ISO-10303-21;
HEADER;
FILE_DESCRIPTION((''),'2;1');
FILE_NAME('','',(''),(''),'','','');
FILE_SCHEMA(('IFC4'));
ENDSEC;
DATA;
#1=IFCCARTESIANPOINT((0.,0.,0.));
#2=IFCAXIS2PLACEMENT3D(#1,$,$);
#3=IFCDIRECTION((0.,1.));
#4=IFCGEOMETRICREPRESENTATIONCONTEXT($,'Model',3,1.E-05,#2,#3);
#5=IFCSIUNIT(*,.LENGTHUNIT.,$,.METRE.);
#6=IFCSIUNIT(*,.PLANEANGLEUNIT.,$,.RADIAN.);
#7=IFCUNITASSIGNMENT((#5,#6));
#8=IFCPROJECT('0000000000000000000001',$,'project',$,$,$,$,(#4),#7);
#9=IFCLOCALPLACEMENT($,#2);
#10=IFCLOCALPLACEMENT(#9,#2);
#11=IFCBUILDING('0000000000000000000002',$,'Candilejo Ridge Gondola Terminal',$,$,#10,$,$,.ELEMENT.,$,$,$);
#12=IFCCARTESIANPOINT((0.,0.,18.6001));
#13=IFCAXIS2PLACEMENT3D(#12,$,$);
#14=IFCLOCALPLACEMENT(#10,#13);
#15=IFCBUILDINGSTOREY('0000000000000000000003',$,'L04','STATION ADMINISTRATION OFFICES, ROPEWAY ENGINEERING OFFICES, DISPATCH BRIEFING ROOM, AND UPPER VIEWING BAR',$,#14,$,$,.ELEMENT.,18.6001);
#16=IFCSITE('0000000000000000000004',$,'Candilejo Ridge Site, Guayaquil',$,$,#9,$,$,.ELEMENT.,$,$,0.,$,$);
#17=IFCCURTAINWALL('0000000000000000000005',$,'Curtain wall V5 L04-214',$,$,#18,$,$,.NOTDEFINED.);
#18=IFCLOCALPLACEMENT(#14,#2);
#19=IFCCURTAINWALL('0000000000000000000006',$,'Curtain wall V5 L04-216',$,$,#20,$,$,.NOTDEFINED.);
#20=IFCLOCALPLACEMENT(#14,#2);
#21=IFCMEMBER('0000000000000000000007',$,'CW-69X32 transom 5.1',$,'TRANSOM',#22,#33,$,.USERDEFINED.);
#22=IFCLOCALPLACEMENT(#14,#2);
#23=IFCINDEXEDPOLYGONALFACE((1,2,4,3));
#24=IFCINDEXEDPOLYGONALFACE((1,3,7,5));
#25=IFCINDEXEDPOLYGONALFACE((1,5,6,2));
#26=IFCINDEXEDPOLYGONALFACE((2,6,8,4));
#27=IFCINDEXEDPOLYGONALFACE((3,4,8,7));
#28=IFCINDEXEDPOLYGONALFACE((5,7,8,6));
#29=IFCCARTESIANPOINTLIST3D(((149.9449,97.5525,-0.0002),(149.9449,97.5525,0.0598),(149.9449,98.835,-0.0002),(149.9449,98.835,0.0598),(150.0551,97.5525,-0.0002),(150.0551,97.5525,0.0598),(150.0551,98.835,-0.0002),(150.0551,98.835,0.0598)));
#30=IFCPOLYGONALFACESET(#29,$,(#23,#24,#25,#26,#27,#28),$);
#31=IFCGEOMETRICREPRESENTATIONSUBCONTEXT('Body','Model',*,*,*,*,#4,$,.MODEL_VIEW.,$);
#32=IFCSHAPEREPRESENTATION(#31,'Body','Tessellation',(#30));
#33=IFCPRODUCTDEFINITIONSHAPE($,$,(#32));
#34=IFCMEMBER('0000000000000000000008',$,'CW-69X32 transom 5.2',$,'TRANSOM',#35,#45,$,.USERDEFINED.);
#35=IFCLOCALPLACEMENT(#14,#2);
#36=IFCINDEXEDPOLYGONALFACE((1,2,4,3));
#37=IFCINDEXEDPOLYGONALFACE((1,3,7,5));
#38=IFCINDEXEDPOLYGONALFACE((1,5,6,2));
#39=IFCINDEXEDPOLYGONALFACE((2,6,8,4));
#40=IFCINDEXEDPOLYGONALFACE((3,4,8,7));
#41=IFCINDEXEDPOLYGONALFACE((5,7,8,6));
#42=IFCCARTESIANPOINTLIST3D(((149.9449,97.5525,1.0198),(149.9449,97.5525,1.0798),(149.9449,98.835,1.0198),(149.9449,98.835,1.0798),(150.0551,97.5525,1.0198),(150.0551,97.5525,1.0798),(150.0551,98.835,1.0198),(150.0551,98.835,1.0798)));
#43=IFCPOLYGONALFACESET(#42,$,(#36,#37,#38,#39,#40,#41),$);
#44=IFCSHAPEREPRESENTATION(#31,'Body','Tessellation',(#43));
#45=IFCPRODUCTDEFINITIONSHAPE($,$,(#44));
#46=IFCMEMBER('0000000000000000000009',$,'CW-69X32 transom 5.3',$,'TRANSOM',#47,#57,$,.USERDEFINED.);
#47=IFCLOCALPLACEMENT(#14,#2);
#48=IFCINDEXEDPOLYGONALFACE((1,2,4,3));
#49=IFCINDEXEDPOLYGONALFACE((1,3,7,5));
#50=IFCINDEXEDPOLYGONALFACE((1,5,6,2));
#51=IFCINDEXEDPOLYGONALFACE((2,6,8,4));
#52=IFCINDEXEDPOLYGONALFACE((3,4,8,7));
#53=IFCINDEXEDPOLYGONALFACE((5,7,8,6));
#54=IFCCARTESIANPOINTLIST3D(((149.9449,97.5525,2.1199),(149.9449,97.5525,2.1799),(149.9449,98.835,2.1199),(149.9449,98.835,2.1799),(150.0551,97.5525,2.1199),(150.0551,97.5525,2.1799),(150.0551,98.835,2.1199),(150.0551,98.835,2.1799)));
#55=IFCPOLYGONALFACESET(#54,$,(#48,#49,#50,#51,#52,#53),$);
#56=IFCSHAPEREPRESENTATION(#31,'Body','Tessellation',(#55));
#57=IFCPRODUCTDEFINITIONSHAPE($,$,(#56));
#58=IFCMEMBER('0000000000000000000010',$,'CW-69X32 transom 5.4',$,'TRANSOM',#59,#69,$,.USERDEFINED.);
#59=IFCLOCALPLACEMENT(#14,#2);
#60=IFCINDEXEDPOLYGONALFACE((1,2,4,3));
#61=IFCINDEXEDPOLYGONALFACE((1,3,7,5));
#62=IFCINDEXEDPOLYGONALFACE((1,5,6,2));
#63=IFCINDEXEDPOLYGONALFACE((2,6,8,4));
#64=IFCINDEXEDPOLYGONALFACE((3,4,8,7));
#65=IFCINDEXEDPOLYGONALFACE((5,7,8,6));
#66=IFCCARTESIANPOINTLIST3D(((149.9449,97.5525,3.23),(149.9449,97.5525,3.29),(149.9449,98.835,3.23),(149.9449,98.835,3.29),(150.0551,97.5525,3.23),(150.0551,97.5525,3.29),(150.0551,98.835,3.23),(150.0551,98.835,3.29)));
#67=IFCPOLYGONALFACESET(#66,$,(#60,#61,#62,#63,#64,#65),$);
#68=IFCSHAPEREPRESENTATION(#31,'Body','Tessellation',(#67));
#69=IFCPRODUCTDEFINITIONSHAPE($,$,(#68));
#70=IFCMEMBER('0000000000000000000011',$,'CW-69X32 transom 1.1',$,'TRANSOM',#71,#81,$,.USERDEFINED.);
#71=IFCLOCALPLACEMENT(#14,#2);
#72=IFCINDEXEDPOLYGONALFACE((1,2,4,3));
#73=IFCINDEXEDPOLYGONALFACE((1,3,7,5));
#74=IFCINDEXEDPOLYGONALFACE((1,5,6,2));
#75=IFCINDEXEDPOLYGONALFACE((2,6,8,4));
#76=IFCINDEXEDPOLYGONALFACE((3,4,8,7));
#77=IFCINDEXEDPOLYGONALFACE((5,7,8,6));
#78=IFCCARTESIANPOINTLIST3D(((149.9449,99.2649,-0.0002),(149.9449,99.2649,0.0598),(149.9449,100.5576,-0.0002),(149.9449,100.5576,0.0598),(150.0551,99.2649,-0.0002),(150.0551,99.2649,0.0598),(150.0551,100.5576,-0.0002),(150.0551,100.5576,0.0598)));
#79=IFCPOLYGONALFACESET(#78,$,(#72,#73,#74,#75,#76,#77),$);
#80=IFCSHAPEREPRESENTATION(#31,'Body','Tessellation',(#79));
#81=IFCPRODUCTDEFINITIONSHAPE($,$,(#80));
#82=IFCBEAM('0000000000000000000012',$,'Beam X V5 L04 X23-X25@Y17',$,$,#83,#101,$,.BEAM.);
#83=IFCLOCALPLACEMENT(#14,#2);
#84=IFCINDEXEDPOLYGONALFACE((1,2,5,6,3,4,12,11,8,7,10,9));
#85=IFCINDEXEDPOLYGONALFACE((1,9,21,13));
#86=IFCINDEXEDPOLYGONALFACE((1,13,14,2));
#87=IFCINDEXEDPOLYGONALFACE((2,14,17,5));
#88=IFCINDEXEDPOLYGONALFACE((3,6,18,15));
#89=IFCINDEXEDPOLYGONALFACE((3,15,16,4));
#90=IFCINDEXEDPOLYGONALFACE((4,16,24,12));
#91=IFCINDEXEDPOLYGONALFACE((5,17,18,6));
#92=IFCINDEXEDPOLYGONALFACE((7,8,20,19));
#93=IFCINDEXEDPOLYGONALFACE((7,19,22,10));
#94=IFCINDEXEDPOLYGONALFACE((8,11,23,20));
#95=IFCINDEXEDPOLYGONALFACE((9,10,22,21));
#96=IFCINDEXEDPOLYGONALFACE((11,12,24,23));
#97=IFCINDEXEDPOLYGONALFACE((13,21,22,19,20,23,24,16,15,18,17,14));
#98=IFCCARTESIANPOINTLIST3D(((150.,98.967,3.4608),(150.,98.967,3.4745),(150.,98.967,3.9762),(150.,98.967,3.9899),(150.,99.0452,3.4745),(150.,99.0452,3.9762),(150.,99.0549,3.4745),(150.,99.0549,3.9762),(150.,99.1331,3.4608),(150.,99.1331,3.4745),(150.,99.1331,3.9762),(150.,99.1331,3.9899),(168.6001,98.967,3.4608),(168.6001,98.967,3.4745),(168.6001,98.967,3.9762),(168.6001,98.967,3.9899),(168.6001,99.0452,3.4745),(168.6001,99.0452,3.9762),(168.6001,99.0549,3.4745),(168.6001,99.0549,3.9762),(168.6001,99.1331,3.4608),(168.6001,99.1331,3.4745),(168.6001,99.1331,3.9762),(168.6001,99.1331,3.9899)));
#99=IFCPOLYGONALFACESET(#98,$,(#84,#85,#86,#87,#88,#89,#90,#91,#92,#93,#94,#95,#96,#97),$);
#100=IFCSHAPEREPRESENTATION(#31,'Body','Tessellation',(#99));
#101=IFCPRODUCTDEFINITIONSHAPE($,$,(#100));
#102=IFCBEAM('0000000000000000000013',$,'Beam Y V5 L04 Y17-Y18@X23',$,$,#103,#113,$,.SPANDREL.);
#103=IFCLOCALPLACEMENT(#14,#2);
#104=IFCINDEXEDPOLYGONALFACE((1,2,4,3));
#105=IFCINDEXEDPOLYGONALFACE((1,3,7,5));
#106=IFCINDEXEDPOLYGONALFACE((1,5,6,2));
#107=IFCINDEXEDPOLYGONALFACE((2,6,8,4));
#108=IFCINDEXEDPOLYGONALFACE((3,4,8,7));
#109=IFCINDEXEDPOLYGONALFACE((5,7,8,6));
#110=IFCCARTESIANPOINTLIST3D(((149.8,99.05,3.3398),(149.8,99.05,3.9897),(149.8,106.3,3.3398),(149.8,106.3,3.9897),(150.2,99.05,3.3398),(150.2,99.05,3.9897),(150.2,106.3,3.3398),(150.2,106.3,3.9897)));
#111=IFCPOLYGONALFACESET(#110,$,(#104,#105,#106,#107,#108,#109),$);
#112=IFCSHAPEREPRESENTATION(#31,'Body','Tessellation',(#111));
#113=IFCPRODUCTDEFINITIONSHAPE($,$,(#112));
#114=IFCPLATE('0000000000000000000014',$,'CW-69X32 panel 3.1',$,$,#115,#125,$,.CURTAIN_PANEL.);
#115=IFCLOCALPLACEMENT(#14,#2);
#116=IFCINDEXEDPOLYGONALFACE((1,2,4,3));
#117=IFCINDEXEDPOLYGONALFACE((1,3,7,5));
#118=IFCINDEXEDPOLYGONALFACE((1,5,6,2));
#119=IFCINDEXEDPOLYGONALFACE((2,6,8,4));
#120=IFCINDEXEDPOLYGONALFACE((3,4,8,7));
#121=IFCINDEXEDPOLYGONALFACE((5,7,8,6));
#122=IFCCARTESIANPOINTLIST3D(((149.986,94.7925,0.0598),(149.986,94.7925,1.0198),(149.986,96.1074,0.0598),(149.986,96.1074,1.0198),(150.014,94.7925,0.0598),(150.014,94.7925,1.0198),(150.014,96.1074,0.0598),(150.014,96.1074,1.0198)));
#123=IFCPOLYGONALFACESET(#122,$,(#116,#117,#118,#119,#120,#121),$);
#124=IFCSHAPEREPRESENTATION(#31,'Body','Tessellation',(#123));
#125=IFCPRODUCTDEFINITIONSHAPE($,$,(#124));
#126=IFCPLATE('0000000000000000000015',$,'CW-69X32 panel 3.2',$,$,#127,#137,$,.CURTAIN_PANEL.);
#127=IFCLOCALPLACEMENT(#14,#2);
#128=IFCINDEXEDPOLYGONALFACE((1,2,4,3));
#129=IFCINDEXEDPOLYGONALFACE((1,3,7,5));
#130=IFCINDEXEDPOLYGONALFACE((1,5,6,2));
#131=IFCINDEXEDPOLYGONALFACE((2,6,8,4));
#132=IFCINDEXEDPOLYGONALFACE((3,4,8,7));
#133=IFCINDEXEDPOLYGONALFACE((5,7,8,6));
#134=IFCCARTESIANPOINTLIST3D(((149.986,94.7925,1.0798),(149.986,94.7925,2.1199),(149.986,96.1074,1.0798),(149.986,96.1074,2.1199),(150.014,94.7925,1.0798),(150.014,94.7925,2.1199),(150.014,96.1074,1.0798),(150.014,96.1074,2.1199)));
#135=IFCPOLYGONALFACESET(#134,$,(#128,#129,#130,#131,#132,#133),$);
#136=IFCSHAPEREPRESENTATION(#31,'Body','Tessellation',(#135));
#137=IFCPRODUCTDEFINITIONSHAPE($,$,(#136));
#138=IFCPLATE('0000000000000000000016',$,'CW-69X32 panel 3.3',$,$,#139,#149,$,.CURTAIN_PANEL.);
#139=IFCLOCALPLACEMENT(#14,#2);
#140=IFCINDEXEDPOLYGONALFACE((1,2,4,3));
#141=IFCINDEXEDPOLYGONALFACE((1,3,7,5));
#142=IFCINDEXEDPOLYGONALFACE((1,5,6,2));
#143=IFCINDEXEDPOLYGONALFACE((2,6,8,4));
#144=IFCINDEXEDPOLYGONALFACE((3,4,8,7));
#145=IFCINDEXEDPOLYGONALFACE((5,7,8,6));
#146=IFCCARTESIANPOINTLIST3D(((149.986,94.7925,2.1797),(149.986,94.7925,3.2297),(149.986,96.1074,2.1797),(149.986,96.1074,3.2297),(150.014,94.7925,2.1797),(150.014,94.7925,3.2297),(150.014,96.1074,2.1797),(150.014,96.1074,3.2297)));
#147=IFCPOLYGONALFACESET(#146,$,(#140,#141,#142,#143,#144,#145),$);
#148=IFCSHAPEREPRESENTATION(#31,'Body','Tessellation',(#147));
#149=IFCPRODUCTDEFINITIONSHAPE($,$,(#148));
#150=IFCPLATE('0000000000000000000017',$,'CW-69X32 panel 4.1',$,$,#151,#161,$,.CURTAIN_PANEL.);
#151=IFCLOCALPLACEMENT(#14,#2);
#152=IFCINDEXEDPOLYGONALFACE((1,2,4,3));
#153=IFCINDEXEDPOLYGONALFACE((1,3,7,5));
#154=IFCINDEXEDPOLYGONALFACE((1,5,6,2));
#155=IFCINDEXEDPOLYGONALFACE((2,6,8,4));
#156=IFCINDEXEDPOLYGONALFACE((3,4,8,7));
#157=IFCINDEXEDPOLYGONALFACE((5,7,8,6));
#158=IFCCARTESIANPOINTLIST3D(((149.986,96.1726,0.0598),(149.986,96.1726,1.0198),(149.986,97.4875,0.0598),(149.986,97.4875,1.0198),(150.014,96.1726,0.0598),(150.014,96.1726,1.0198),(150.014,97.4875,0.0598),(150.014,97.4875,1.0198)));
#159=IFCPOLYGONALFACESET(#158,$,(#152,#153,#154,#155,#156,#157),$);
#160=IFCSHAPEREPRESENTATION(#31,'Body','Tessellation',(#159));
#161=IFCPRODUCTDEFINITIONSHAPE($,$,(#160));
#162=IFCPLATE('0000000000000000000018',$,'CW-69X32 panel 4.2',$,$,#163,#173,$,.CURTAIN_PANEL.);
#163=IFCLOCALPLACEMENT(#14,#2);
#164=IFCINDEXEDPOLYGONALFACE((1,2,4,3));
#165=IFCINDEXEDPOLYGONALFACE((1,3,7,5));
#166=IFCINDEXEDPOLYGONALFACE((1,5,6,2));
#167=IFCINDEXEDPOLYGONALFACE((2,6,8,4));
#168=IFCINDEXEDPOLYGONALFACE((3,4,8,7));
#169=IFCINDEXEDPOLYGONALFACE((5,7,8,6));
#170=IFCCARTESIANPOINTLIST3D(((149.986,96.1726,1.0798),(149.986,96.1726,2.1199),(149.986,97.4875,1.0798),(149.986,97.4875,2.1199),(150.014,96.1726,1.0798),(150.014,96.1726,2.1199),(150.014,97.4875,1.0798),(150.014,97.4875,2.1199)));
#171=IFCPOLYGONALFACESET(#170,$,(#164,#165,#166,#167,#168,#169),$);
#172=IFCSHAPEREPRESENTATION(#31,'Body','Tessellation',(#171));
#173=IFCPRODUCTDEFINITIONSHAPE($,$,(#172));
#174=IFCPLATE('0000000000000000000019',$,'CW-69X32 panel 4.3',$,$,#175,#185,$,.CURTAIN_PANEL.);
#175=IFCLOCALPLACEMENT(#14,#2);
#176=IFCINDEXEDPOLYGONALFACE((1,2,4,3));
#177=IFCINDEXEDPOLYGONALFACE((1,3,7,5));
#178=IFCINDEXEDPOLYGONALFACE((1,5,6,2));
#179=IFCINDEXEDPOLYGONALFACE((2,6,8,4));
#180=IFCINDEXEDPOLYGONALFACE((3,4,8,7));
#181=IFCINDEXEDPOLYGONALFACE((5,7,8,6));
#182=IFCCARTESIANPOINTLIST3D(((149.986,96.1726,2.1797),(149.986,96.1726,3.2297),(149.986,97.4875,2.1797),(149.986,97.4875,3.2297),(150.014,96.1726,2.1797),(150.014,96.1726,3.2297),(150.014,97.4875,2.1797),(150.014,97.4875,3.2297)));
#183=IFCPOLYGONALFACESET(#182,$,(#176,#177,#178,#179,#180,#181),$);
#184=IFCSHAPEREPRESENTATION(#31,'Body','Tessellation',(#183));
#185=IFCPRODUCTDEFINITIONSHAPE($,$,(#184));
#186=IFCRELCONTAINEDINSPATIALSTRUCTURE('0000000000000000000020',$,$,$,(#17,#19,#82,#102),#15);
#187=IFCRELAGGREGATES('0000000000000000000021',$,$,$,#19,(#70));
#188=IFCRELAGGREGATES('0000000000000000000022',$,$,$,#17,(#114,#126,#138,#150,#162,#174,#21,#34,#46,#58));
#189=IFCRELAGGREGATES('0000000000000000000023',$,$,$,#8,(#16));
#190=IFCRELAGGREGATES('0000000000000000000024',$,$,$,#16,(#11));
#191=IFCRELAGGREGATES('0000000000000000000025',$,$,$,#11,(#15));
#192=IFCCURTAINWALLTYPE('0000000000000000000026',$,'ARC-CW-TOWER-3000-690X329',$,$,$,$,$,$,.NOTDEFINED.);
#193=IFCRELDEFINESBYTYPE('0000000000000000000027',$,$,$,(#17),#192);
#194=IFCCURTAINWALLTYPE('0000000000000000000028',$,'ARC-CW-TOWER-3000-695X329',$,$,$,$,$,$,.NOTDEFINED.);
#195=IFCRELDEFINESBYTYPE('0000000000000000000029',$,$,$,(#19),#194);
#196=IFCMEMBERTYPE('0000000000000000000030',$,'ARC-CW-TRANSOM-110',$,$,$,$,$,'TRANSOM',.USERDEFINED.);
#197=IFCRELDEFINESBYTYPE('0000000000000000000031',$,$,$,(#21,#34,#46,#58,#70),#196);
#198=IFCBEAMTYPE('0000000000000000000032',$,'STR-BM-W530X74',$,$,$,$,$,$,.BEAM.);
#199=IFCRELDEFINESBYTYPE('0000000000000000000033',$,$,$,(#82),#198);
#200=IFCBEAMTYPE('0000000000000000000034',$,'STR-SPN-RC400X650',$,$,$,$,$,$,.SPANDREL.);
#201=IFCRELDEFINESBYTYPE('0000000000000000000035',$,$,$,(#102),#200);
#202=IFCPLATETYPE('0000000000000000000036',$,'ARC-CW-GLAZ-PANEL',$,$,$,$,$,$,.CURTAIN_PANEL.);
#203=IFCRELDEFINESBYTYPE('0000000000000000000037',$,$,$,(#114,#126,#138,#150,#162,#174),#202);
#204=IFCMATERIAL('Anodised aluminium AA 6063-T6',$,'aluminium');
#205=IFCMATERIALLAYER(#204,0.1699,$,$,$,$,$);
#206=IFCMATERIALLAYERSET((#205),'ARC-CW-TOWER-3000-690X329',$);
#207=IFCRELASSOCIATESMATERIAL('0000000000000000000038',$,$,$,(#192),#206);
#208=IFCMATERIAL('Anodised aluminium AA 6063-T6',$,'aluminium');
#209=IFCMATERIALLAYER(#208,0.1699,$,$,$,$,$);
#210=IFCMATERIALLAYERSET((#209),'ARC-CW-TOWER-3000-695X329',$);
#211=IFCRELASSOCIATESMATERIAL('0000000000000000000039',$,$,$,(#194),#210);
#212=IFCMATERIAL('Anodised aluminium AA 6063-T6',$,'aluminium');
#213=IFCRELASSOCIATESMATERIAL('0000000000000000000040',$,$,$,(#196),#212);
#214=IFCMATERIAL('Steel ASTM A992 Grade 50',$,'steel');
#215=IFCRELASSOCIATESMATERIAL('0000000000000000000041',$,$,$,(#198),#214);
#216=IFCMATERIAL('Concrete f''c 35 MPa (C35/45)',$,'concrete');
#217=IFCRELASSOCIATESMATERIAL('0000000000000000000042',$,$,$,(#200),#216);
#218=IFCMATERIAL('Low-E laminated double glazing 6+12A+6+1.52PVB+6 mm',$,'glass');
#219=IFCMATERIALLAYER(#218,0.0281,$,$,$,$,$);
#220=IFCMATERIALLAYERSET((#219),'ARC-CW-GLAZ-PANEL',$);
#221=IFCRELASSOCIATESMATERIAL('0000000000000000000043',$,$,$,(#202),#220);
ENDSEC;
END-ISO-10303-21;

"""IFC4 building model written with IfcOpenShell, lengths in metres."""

from ifc_helpers import new_model, si_unit, direction, frame, origin, origin_2d, place, context, subcontext, project, spatial, rectangle, i_section, extrude, material, layer, layer_set, material_profile, profile_set, type_object, element, aggregate, save


model = new_model("IFC4")

# Units and contexts
model_context = context("Model", 3, precision=1e-05, world=origin(), true_north=direction((0.0, 1.0)))
body_context = subcontext(model_context, "Body", "Model", "MODEL_VIEW")
ifc_project = project(units=[si_unit("LENGTHUNIT", "METRE"), si_unit("PLANEANGLEUNIT", "RADIAN")], contexts=[model_context])

# Site, building, storey
site_placement = place(None, origin())
site = spatial("IfcSite", under=ifc_project, at=site_placement, Name="Candilejo Ridge Site, Guayaquil", CompositionType="ELEMENT", RefElevation=0.0)
building_placement = place(site_placement, origin())
building = spatial("IfcBuilding", under=site, at=building_placement, Name="Candilejo Ridge Gondola Terminal", CompositionType="ELEMENT")
storey_placement = place(building_placement, frame((0.0, 0.0, 18.6001)))
storey = spatial("IfcBuildingStorey", under=building, at=storey_placement, Name="L04", Description="STATION ADMINISTRATION OFFICES, ROPEWAY ENGINEERING OFFICES, DISPATCH BRIEFING ROOM, AND UPPER VIEWING BAR", CompositionType="ELEMENT", Elevation=18.6001)

# Curtain wall
ifc_material_1 = material(Name="Anodised aluminium AA 6063-T6", Category="aluminium")
ifc_layer_1 = layer(ifc_material_1, 0.1699)
ifc_layer_set_1 = layer_set([ifc_layer_1], Name="ARC-CW-TOWER-3000-690X329")
curtain_wall_type_1 = type_object("IfcCurtainWallType", Name="ARC-CW-TOWER-3000-690X329", PredefinedType="NOTDEFINED", material=ifc_layer_set_1)
curtain_wall_1_placement = place(storey_placement, origin())
curtain_wall_1 = element("IfcCurtainWall", 1, at=curtain_wall_1_placement, inside=storey, type_object=curtain_wall_type_1, Name="Curtain wall V5 L04-214", PredefinedType="NOTDEFINED")

# Curtain wall
ifc_material_2 = material(Name="Anodised aluminium AA 6063-T6", Category="aluminium")
ifc_layer_2 = layer(ifc_material_2, 0.1699)
ifc_layer_set_2 = layer_set([ifc_layer_2], Name="ARC-CW-TOWER-3000-695X329")
curtain_wall_type_2 = type_object("IfcCurtainWallType", Name="ARC-CW-TOWER-3000-695X329", PredefinedType="NOTDEFINED", material=ifc_layer_set_2)
curtain_wall_2_placement = place(storey_placement, origin())
curtain_wall_2 = element("IfcCurtainWall", 2, at=curtain_wall_2_placement, inside=storey, type_object=curtain_wall_type_2, Name="Curtain wall V5 L04-216", PredefinedType="NOTDEFINED")

# Members
ifc_material_3 = material(Name="Anodised aluminium AA 6063-T6", Category="aluminium")
ifc_material_profile_1 = material_profile(ifc_material_3, rectangle(XDim=0.1101, YDim=0.0601, at=origin_2d()))
ifc_profile_set_1 = profile_set([ifc_material_profile_1], Name="Anodised aluminium AA 6063-T6")
member_type_1 = type_object("IfcMemberType", Name="ARC-CW-TRANSOM-110", ElementType="TRANSOM", PredefinedType="USERDEFINED", material=ifc_profile_set_1)
member_1_placement = place(storey_placement, frame((150.0, 97.5525, 0.0298), z_axis=(0.0, 1.0, 0.0), x_axis=(-1.0, 0.0, 0.0)))
member_1 = element("IfcMember", 3, at=member_1_placement, type_object=member_type_1, Name="CW-69X32 transom 5.1", ObjectType="TRANSOM", PredefinedType="USERDEFINED", context=body_context, shape_type="SweptSolid", body=[
    extrude(rectangle(XDim=0.1101, YDim=0.0601, at=origin_2d()), origin(), (0.0, 0.0, 1.0), 1.2825),
])
member_2_placement = place(storey_placement, frame((150.0, 97.5525, 1.0498), z_axis=(0.0, 1.0, 0.0), x_axis=(-1.0, 0.0, 0.0)))
member_2 = element("IfcMember", 4, at=member_2_placement, type_object=member_type_1, Name="CW-69X32 transom 5.2", ObjectType="TRANSOM", PredefinedType="USERDEFINED", context=body_context, shape_type="SweptSolid", body=[
    extrude(rectangle(XDim=0.1101, YDim=0.0601, at=origin_2d()), origin(), (0.0, 0.0, 1.0), 1.2825),
])
member_3_placement = place(storey_placement, frame((150.0, 97.5525, 2.1499), z_axis=(0.0, 1.0, 0.0), x_axis=(-1.0, 0.0, 0.0)))
member_3 = element("IfcMember", 5, at=member_3_placement, type_object=member_type_1, Name="CW-69X32 transom 5.3", ObjectType="TRANSOM", PredefinedType="USERDEFINED", context=body_context, shape_type="SweptSolid", body=[
    extrude(rectangle(XDim=0.1101, YDim=0.0601, at=origin_2d()), origin(), (0.0, 0.0, 1.0), 1.2825),
])
member_4_placement = place(storey_placement, frame((150.0, 97.5525, 3.26), z_axis=(0.0, 1.0, 0.0), x_axis=(-1.0, 0.0, 0.0)))
member_4 = element("IfcMember", 6, at=member_4_placement, type_object=member_type_1, Name="CW-69X32 transom 5.4", ObjectType="TRANSOM", PredefinedType="USERDEFINED", context=body_context, shape_type="SweptSolid", body=[
    extrude(rectangle(XDim=0.1101, YDim=0.0601, at=origin_2d()), origin(), (0.0, 0.0, 1.0), 1.2825),
])
member_5_placement = place(storey_placement, frame((150.0, 99.2649, 0.0298), z_axis=(0.0, 1.0, 0.0), x_axis=(-1.0, 0.0, 0.0)))
member_5 = element("IfcMember", 7, at=member_5_placement, type_object=member_type_1, Name="CW-69X32 transom 1.1", ObjectType="TRANSOM", PredefinedType="USERDEFINED", context=body_context, shape_type="SweptSolid", body=[
    extrude(rectangle(XDim=0.1101, YDim=0.0601, at=origin_2d()), origin(), (0.0, 0.0, 1.0), 1.2927),
])
aggregate(curtain_wall_2, [member_5])

# Beams
ifc_material_4 = material(Name="Steel ASTM A992 Grade 50", Category="steel")
ifc_material_profile_2 = material_profile(ifc_material_4, i_section(OverallWidth=0.166, OverallDepth=0.5291, WebThickness=0.0098, FlangeThickness=0.0137, at=origin_2d()))
ifc_profile_set_2 = profile_set([ifc_material_profile_2], Name="Steel ASTM A992 Grade 50")
beam_type_1 = type_object("IfcBeamType", Name="STR-BM-W530X74", PredefinedType="BEAM", material=ifc_profile_set_2)
beam_1_placement = place(storey_placement, frame((150.0, 99.05, 3.7253), z_axis=(1.0, 0.0, 0.0), x_axis=(0.0, 1.0, 0.0)))
element("IfcBeam", 8, at=beam_1_placement, inside=storey, type_object=beam_type_1, Name="Beam X V5 L04 X23-X25@Y17", PredefinedType="BEAM", context=body_context, shape_type="SweptSolid", body=[
    extrude(i_section(OverallWidth=0.166, OverallDepth=0.5291, WebThickness=0.0098, FlangeThickness=0.0137, at=origin_2d()), origin(), (0.0, 0.0, 1.0), 18.6001),
])
ifc_material_5 = material(Name="Concrete f'c 35 MPa (C35/45)", Category="concrete")
ifc_material_profile_3 = material_profile(ifc_material_5, rectangle(XDim=0.3999, YDim=0.6499, at=origin_2d()))
ifc_profile_set_3 = profile_set([ifc_material_profile_3], Name="Concrete f'c 35 MPa (C35/45)")
beam_type_2 = type_object("IfcBeamType", Name="STR-SPN-RC400X650", PredefinedType="SPANDREL", material=ifc_profile_set_3)
beam_2_placement = place(storey_placement, frame((150.0, 99.05, 3.6648), z_axis=(0.0, 1.0, 0.0), x_axis=(-1.0, 0.0, 0.0)))
element("IfcBeam", 9, at=beam_2_placement, inside=storey, type_object=beam_type_2, Name="Beam Y V5 L04 Y17-Y18@X23", PredefinedType="SPANDREL", context=body_context, shape_type="SweptSolid", body=[
    extrude(rectangle(XDim=0.3999, YDim=0.6499, at=origin_2d()), origin(), (0.0, 0.0, 1.0), 7.25),
])

# Plates
ifc_material_6 = material(Name="Low-E laminated double glazing 6+12A+6+1.52PVB+6 mm", Category="glass")
ifc_layer_3 = layer(ifc_material_6, 0.0281)
ifc_layer_set_3 = layer_set([ifc_layer_3], Name="ARC-CW-GLAZ-PANEL")
plate_type = type_object("IfcPlateType", Name="ARC-CW-GLAZ-PANEL", PredefinedType="CURTAIN_PANEL", material=ifc_layer_set_3)
plate_1_placement = place(storey_placement, frame((150.0, 95.45, 0.0598), z_axis=(0.0, 0.0, 1.0), x_axis=(0.0, 1.0, 0.0)))
plate_1 = element("IfcPlate", 10, at=plate_1_placement, type_object=plate_type, Name="CW-69X32 panel 3.1", PredefinedType="CURTAIN_PANEL", context=body_context, shape_type="SweptSolid", body=[
    extrude(rectangle(XDim=1.3149, YDim=0.0281, at=origin_2d()), origin(), (0.0, 0.0, 1.0), 0.96),
])
plate_2_placement = place(storey_placement, frame((150.0, 95.45, 1.0798), z_axis=(0.0, 0.0, 1.0), x_axis=(0.0, 1.0, 0.0)))
plate_2 = element("IfcPlate", 11, at=plate_2_placement, type_object=plate_type, Name="CW-69X32 panel 3.2", PredefinedType="CURTAIN_PANEL", context=body_context, shape_type="SweptSolid", body=[
    extrude(rectangle(XDim=1.3149, YDim=0.0281, at=origin_2d()), origin(), (0.0, 0.0, 1.0), 1.04),
])
plate_3_placement = place(storey_placement, frame((150.0, 95.45, 2.1797), z_axis=(0.0, 0.0, 1.0), x_axis=(0.0, 1.0, 0.0)))
plate_3 = element("IfcPlate", 12, at=plate_3_placement, type_object=plate_type, Name="CW-69X32 panel 3.3", PredefinedType="CURTAIN_PANEL", context=body_context, shape_type="SweptSolid", body=[
    extrude(rectangle(XDim=1.3149, YDim=0.0281, at=origin_2d()), origin(), (0.0, 0.0, 1.0), 1.05),
])
plate_4_placement = place(storey_placement, frame((150.0, 96.8301, 0.0598), z_axis=(0.0, 0.0, 1.0), x_axis=(0.0, 1.0, 0.0)))
plate_4 = element("IfcPlate", 13, at=plate_4_placement, type_object=plate_type, Name="CW-69X32 panel 4.1", PredefinedType="CURTAIN_PANEL", context=body_context, shape_type="SweptSolid", body=[
    extrude(rectangle(XDim=1.3149, YDim=0.0281, at=origin_2d()), origin(), (0.0, 0.0, 1.0), 0.96),
])
plate_5_placement = place(storey_placement, frame((150.0, 96.8301, 1.0798), z_axis=(0.0, 0.0, 1.0), x_axis=(0.0, 1.0, 0.0)))
plate_5 = element("IfcPlate", 14, at=plate_5_placement, type_object=plate_type, Name="CW-69X32 panel 4.2", PredefinedType="CURTAIN_PANEL", context=body_context, shape_type="SweptSolid", body=[
    extrude(rectangle(XDim=1.3149, YDim=0.0281, at=origin_2d()), origin(), (0.0, 0.0, 1.0), 1.04),
])
plate_6_placement = place(storey_placement, frame((150.0, 96.8301, 2.1797), z_axis=(0.0, 0.0, 1.0), x_axis=(0.0, 1.0, 0.0)))
plate_6 = element("IfcPlate", 15, at=plate_6_placement, type_object=plate_type, Name="CW-69X32 panel 4.3", PredefinedType="CURTAIN_PANEL", context=body_context, shape_type="SweptSolid", body=[
    extrude(rectangle(XDim=1.3149, YDim=0.0281, at=origin_2d()), origin(), (0.0, 0.0, 1.0), 1.05),
])
aggregate(curtain_wall_1, [plate_1, plate_2, plate_3, plate_4, plate_5, plate_6, member_1, member_2, member_3, member_4])

save(model, "model.ifc")
